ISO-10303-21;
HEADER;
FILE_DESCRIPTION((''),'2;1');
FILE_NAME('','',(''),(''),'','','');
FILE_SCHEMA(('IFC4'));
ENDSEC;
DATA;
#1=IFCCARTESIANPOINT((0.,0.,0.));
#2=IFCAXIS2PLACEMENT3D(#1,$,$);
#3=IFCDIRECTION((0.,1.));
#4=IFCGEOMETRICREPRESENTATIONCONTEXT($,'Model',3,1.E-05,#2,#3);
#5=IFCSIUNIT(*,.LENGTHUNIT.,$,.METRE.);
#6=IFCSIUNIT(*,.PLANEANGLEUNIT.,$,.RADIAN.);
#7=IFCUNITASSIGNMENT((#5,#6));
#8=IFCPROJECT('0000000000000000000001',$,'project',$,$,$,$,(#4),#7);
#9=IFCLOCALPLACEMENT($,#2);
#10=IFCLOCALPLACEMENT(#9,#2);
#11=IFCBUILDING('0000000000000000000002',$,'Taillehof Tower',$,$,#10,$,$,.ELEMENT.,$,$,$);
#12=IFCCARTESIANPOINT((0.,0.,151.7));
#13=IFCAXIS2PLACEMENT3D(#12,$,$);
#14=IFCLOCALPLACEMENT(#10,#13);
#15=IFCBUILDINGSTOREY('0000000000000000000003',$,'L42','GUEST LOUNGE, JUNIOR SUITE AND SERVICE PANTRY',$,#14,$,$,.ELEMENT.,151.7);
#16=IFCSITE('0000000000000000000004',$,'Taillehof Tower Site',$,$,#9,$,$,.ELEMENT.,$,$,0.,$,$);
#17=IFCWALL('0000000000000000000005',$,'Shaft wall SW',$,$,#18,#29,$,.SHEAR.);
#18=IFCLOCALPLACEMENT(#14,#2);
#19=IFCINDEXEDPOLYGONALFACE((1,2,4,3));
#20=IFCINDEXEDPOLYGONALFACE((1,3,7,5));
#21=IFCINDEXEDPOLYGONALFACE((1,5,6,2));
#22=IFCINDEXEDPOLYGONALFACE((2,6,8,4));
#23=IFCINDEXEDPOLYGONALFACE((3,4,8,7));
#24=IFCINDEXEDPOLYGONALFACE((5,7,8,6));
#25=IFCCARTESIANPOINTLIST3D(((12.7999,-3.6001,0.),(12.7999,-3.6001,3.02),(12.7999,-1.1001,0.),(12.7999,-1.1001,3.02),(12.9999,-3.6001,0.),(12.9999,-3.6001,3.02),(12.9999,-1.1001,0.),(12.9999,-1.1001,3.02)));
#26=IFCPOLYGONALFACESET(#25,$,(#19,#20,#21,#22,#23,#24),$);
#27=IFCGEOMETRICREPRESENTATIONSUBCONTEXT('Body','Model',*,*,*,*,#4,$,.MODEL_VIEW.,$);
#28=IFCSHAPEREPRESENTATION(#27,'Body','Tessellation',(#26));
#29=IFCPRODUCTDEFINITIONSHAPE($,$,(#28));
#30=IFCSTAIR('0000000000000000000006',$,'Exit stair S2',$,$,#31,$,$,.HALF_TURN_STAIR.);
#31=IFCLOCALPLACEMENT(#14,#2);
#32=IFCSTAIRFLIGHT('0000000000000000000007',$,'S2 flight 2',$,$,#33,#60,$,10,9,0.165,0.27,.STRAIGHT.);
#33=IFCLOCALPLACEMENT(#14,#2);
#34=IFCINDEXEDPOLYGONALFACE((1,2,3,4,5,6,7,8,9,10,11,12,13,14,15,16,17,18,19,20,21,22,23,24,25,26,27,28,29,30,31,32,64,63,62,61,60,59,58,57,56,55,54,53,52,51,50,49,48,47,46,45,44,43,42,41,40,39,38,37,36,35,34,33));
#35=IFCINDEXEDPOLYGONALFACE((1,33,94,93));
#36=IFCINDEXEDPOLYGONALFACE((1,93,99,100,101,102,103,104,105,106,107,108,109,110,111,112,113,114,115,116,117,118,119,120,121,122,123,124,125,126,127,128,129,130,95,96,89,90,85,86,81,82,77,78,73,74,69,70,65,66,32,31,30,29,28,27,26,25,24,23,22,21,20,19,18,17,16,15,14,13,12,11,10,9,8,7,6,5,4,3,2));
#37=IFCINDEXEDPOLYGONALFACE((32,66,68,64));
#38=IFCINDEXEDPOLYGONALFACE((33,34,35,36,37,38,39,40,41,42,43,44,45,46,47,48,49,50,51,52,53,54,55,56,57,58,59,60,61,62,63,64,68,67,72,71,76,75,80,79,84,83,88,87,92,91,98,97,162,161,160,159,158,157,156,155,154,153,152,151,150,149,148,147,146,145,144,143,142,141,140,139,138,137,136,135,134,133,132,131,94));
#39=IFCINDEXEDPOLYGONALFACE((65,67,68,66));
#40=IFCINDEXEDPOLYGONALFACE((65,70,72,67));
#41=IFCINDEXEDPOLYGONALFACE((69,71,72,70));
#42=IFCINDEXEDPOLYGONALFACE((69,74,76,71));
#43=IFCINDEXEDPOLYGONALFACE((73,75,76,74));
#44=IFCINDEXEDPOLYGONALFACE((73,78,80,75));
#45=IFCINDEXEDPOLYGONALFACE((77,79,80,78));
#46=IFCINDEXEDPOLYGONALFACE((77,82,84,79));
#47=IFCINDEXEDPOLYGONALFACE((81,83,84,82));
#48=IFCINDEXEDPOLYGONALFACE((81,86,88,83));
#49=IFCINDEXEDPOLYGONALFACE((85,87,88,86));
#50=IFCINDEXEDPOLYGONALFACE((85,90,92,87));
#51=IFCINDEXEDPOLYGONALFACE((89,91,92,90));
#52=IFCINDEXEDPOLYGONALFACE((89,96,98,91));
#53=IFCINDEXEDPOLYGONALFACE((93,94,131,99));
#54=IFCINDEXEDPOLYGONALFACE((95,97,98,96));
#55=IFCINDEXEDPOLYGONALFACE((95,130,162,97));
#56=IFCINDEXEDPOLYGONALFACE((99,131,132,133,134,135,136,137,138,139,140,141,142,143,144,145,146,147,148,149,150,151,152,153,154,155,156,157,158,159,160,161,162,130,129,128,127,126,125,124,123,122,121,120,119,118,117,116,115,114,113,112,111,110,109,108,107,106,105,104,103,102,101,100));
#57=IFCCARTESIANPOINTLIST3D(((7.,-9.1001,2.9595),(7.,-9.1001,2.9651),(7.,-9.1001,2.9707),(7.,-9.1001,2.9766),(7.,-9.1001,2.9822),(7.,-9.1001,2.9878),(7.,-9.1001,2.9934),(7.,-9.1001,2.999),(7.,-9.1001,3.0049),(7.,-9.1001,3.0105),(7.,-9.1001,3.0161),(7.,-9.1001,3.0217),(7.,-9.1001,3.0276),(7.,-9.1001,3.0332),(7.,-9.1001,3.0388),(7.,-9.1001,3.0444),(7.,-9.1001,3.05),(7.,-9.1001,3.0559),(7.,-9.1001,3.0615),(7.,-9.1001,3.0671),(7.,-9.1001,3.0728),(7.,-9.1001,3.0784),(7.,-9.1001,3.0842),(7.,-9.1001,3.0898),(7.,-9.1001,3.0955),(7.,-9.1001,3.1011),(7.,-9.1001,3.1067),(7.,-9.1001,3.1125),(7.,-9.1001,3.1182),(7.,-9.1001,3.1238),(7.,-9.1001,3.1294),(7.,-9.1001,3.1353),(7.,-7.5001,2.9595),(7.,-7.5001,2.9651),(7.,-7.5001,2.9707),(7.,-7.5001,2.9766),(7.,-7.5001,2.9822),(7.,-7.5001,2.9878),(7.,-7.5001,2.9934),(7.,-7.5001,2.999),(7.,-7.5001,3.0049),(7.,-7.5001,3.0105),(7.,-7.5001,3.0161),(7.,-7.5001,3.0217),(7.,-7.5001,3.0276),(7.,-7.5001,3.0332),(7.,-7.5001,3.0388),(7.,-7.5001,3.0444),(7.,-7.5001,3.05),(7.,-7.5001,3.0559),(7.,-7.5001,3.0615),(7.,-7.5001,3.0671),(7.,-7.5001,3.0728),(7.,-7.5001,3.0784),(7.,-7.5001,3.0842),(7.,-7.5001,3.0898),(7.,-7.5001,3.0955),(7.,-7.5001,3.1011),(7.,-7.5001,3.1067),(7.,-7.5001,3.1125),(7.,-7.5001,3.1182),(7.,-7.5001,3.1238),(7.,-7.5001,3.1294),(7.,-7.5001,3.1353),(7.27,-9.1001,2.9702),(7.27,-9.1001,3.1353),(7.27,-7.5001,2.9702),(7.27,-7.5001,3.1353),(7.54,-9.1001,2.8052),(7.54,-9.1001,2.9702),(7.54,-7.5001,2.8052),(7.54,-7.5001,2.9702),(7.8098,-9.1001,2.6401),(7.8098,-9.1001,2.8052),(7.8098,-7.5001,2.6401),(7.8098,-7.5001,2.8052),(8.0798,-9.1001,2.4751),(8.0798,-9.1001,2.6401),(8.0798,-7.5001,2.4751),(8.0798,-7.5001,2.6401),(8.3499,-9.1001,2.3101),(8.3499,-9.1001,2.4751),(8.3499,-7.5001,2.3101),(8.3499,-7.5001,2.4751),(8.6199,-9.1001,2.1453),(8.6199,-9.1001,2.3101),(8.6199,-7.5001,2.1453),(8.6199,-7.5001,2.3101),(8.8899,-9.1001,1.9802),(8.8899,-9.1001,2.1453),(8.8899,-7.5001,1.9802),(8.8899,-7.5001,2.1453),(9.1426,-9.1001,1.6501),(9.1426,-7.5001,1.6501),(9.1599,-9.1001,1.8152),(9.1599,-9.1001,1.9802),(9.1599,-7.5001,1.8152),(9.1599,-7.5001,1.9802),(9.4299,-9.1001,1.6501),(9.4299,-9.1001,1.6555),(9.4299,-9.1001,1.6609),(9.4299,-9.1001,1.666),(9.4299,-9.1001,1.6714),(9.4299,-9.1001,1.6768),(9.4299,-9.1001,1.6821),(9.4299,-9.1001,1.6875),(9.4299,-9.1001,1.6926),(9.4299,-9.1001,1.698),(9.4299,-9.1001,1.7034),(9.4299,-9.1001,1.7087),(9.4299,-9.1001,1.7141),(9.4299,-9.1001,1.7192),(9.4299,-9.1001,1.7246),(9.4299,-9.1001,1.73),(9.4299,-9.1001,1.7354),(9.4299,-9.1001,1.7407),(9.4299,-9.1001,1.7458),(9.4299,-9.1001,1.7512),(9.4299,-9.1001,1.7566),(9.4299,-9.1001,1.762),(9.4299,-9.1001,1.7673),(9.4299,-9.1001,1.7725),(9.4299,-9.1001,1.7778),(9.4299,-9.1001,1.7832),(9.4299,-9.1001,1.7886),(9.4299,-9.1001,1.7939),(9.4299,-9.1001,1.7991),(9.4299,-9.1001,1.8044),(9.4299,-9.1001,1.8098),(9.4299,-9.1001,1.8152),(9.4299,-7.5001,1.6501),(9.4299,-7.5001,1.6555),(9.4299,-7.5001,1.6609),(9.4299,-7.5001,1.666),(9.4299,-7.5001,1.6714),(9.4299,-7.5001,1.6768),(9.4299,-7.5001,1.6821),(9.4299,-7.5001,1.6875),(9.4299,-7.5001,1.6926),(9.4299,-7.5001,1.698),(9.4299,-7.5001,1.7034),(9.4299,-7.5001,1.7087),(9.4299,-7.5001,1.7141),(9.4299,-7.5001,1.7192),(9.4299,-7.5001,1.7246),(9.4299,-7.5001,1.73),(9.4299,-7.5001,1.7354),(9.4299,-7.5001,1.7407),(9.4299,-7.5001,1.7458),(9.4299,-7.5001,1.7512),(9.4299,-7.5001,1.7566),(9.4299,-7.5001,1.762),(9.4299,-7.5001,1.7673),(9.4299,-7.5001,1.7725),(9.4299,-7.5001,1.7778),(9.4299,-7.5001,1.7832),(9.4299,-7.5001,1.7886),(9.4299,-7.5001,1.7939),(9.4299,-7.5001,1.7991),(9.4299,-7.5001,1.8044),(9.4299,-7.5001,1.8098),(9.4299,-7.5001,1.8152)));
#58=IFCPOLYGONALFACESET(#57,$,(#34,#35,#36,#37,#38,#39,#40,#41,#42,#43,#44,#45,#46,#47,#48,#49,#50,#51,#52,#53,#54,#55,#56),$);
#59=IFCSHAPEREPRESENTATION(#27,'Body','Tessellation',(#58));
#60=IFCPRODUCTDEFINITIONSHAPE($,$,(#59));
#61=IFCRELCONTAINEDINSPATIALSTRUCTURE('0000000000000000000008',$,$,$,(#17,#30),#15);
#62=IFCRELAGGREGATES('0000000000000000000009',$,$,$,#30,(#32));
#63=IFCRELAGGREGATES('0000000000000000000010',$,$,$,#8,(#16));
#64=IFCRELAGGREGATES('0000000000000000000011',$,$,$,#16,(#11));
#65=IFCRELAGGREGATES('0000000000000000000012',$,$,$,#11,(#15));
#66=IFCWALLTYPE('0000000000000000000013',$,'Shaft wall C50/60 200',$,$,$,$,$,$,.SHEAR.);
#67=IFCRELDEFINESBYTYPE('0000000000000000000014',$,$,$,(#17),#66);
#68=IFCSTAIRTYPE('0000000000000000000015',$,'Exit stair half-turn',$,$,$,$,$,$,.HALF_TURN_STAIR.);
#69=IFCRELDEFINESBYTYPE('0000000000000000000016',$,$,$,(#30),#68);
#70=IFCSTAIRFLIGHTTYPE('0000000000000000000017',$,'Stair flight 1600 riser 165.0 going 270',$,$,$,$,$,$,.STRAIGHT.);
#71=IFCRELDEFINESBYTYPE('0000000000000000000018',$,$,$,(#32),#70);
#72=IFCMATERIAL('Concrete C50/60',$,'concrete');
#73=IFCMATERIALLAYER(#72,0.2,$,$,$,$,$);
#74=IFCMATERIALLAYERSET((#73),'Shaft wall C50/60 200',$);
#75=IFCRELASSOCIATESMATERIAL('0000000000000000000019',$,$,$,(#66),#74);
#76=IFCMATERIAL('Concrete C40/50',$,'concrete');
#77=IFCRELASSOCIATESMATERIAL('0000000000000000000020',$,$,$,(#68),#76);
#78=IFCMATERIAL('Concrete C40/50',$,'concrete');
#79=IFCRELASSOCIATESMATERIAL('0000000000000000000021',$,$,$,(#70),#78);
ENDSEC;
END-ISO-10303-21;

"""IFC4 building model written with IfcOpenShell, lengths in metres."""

from ifc_helpers import new_model, si_unit, direction, frame, frame_2d, origin, place, context, subcontext, project, spatial, polyline, rectangle, outline, extrude, material, layer, layer_set, type_object, element, aggregate, save


model = new_model("IFC4")

# Units and contexts
model_context = context("Model", 3, precision=1e-05, world=origin(), true_north=direction((0.0, 1.0)))
body_context = subcontext(model_context, "Body", "Model", "MODEL_VIEW")
ifc_project = project(units=[si_unit("LENGTHUNIT", "METRE"), si_unit("PLANEANGLEUNIT", "RADIAN")], contexts=[model_context])

# Site, building, storey
site_placement = place(None, origin())
site = spatial("IfcSite", under=ifc_project, at=site_placement, Name="Taillehof Tower Site", CompositionType="ELEMENT", RefElevation=0.0)
building_placement = place(site_placement, origin())
building = spatial("IfcBuilding", under=site, at=building_placement, Name="Taillehof Tower", CompositionType="ELEMENT")
storey_placement = place(building_placement, frame((0.0, 0.0, 151.7)))
storey = spatial("IfcBuildingStorey", under=building, at=storey_placement, Name="L42", Description="GUEST LOUNGE, JUNIOR SUITE AND SERVICE PANTRY", CompositionType="ELEMENT", Elevation=151.7)

# Wall
ifc_material_1 = material(Name="Concrete C50/60", Category="concrete")
ifc_layer_1 = layer(ifc_material_1, 0.2)
ifc_layer_set_1 = layer_set([ifc_layer_1], Name="Shaft wall C50/60 200")
wall_type_1 = type_object("IfcWallType", Name="Shaft wall C50/60 200", PredefinedType="SHEAR", material=ifc_layer_set_1)
for number, where, z_axis, x_axis, name in (
    (1, (12.8999, -3.6001, 0.0), (0.0, 0.0, 1.0), (0.0, 1.0, 0.0), "Shaft wall SW"),
):
    element("IfcWall", number, at=place(storey_placement, frame(where, z_axis=z_axis, x_axis=x_axis)), inside=storey, type_object=wall_type_1, Name=name, PredefinedType="SHEAR", context=body_context, shape_type="SweptSolid", body=[
        extrude(rectangle(XDim=2.5, YDim=0.2, at=frame_2d((1.25, 0.0))), origin(), (0.0, 0.0, 1.0), 3.02),
    ])

# Stair, stair flight
ifc_material_2 = material(Name="Concrete C40/50", Category="concrete")
stair_type = type_object("IfcStairType", Name="Exit stair half-turn", PredefinedType="HALF_TURN_STAIR", material=ifc_material_2)
stair_placement = place(storey_placement, origin())
stair = element("IfcStair", 2, at=stair_placement, inside=storey, type_object=stair_type, Name="Exit stair S2", PredefinedType="HALF_TURN_STAIR")
ifc_material_3 = material(Name="Concrete C40/50", Category="concrete")
stair_flight_type = type_object("IfcStairFlightType", Name="Stair flight 1600 riser 165.0 going 270", PredefinedType="STRAIGHT", material=ifc_material_3)
stair_flight_placement = place(storey_placement, frame((9.4299, -8.3, 1.6501), z_axis=(0.0, 0.0, 1.0), x_axis=(-1.0, 0.0, 0.0)))
stair_flight = element("IfcStairFlight", 3, at=stair_flight_placement, type_object=stair_flight_type, Name="S2 flight 2", NumberOfRisers=10, NumberOfTreads=9, PredefinedType="STRAIGHT", RiserHeight=0.165, TreadLength=0.27, context=body_context, shape_type="SweptSolid", body=[
    extrude(outline(polyline([(0.0, 0.0), (0.0, 0.0054), (0.0, 0.0107), (0.0, 0.0159), (0.0, 0.0212), (0.0, 0.0266), (0.0, 0.032), (0.0, 0.0374), (0.0, 0.0425), (0.0, 0.0479), (0.0, 0.0532), (0.0, 0.0586), (0.0, 0.064), (0.0, 0.0691), (0.0, 0.0745), (0.0, 0.0798), (0.0, 0.0852), (0.0, 0.0906), (0.0, 0.0957), (0.0, 0.1011), (0.0, 0.1064), (0.0, 0.1118), (0.0, 0.1172), (0.0, 0.1223), (0.0, 0.1277), (0.0, 0.1331), (0.0, 0.1384), (0.0, 0.1438), (0.0, 0.1489), (0.0, 0.1543), (0.0, 0.1597), (0.0, 0.165), (0.27, 0.165), (0.27, 0.3301), (0.54, 0.3301), (0.54, 0.4951), (0.8101, 0.4951), (0.8101, 0.6599), (1.0801, 0.6599), (1.0801, 0.825), (1.3501, 0.825), (1.3501, 0.99), (1.6201, 0.99), (1.6201, 1.155), (1.8899, 1.155), (1.8899, 1.3201), (2.1599, 1.3201), (2.1599, 1.4851), (2.4299, 1.4851), (2.4299, 1.4792), (2.4299, 1.4736), (2.4299, 1.468), (2.4299, 1.4624), (2.4299, 1.4565), (2.4299, 1.4509), (2.4299, 1.4453), (2.4299, 1.4397), (2.4299, 1.4341), (2.4299, 1.4282), (2.4299, 1.4226), (2.4299, 1.417), (2.4299, 1.4114), (2.4299, 1.4058), (2.4299, 1.3999), (2.4299, 1.3943), (2.4299, 1.3887), (2.4299, 1.3831), (2.4299, 1.3774), (2.4299, 1.3716), (2.4299, 1.366), (2.4299, 1.3604), (2.4299, 1.3547), (2.4299, 1.3489), (2.4299, 1.3433), (2.4299, 1.3376), (2.4299, 1.332), (2.4299, 1.3264), (2.4299, 1.3206), (2.4299, 1.3149), (2.4299, 1.3093), (0.2874, 0.0), (0.0, 0.0)])), frame((0.0, 0.8, 0.0), z_axis=(0.0, -1.0, 0.0), x_axis=(1.0, 0.0, 0.0)), (0.0, 0.0, 1.0), 1.6),
])
aggregate(stair, [stair_flight])

save(model, "model.ifc")
